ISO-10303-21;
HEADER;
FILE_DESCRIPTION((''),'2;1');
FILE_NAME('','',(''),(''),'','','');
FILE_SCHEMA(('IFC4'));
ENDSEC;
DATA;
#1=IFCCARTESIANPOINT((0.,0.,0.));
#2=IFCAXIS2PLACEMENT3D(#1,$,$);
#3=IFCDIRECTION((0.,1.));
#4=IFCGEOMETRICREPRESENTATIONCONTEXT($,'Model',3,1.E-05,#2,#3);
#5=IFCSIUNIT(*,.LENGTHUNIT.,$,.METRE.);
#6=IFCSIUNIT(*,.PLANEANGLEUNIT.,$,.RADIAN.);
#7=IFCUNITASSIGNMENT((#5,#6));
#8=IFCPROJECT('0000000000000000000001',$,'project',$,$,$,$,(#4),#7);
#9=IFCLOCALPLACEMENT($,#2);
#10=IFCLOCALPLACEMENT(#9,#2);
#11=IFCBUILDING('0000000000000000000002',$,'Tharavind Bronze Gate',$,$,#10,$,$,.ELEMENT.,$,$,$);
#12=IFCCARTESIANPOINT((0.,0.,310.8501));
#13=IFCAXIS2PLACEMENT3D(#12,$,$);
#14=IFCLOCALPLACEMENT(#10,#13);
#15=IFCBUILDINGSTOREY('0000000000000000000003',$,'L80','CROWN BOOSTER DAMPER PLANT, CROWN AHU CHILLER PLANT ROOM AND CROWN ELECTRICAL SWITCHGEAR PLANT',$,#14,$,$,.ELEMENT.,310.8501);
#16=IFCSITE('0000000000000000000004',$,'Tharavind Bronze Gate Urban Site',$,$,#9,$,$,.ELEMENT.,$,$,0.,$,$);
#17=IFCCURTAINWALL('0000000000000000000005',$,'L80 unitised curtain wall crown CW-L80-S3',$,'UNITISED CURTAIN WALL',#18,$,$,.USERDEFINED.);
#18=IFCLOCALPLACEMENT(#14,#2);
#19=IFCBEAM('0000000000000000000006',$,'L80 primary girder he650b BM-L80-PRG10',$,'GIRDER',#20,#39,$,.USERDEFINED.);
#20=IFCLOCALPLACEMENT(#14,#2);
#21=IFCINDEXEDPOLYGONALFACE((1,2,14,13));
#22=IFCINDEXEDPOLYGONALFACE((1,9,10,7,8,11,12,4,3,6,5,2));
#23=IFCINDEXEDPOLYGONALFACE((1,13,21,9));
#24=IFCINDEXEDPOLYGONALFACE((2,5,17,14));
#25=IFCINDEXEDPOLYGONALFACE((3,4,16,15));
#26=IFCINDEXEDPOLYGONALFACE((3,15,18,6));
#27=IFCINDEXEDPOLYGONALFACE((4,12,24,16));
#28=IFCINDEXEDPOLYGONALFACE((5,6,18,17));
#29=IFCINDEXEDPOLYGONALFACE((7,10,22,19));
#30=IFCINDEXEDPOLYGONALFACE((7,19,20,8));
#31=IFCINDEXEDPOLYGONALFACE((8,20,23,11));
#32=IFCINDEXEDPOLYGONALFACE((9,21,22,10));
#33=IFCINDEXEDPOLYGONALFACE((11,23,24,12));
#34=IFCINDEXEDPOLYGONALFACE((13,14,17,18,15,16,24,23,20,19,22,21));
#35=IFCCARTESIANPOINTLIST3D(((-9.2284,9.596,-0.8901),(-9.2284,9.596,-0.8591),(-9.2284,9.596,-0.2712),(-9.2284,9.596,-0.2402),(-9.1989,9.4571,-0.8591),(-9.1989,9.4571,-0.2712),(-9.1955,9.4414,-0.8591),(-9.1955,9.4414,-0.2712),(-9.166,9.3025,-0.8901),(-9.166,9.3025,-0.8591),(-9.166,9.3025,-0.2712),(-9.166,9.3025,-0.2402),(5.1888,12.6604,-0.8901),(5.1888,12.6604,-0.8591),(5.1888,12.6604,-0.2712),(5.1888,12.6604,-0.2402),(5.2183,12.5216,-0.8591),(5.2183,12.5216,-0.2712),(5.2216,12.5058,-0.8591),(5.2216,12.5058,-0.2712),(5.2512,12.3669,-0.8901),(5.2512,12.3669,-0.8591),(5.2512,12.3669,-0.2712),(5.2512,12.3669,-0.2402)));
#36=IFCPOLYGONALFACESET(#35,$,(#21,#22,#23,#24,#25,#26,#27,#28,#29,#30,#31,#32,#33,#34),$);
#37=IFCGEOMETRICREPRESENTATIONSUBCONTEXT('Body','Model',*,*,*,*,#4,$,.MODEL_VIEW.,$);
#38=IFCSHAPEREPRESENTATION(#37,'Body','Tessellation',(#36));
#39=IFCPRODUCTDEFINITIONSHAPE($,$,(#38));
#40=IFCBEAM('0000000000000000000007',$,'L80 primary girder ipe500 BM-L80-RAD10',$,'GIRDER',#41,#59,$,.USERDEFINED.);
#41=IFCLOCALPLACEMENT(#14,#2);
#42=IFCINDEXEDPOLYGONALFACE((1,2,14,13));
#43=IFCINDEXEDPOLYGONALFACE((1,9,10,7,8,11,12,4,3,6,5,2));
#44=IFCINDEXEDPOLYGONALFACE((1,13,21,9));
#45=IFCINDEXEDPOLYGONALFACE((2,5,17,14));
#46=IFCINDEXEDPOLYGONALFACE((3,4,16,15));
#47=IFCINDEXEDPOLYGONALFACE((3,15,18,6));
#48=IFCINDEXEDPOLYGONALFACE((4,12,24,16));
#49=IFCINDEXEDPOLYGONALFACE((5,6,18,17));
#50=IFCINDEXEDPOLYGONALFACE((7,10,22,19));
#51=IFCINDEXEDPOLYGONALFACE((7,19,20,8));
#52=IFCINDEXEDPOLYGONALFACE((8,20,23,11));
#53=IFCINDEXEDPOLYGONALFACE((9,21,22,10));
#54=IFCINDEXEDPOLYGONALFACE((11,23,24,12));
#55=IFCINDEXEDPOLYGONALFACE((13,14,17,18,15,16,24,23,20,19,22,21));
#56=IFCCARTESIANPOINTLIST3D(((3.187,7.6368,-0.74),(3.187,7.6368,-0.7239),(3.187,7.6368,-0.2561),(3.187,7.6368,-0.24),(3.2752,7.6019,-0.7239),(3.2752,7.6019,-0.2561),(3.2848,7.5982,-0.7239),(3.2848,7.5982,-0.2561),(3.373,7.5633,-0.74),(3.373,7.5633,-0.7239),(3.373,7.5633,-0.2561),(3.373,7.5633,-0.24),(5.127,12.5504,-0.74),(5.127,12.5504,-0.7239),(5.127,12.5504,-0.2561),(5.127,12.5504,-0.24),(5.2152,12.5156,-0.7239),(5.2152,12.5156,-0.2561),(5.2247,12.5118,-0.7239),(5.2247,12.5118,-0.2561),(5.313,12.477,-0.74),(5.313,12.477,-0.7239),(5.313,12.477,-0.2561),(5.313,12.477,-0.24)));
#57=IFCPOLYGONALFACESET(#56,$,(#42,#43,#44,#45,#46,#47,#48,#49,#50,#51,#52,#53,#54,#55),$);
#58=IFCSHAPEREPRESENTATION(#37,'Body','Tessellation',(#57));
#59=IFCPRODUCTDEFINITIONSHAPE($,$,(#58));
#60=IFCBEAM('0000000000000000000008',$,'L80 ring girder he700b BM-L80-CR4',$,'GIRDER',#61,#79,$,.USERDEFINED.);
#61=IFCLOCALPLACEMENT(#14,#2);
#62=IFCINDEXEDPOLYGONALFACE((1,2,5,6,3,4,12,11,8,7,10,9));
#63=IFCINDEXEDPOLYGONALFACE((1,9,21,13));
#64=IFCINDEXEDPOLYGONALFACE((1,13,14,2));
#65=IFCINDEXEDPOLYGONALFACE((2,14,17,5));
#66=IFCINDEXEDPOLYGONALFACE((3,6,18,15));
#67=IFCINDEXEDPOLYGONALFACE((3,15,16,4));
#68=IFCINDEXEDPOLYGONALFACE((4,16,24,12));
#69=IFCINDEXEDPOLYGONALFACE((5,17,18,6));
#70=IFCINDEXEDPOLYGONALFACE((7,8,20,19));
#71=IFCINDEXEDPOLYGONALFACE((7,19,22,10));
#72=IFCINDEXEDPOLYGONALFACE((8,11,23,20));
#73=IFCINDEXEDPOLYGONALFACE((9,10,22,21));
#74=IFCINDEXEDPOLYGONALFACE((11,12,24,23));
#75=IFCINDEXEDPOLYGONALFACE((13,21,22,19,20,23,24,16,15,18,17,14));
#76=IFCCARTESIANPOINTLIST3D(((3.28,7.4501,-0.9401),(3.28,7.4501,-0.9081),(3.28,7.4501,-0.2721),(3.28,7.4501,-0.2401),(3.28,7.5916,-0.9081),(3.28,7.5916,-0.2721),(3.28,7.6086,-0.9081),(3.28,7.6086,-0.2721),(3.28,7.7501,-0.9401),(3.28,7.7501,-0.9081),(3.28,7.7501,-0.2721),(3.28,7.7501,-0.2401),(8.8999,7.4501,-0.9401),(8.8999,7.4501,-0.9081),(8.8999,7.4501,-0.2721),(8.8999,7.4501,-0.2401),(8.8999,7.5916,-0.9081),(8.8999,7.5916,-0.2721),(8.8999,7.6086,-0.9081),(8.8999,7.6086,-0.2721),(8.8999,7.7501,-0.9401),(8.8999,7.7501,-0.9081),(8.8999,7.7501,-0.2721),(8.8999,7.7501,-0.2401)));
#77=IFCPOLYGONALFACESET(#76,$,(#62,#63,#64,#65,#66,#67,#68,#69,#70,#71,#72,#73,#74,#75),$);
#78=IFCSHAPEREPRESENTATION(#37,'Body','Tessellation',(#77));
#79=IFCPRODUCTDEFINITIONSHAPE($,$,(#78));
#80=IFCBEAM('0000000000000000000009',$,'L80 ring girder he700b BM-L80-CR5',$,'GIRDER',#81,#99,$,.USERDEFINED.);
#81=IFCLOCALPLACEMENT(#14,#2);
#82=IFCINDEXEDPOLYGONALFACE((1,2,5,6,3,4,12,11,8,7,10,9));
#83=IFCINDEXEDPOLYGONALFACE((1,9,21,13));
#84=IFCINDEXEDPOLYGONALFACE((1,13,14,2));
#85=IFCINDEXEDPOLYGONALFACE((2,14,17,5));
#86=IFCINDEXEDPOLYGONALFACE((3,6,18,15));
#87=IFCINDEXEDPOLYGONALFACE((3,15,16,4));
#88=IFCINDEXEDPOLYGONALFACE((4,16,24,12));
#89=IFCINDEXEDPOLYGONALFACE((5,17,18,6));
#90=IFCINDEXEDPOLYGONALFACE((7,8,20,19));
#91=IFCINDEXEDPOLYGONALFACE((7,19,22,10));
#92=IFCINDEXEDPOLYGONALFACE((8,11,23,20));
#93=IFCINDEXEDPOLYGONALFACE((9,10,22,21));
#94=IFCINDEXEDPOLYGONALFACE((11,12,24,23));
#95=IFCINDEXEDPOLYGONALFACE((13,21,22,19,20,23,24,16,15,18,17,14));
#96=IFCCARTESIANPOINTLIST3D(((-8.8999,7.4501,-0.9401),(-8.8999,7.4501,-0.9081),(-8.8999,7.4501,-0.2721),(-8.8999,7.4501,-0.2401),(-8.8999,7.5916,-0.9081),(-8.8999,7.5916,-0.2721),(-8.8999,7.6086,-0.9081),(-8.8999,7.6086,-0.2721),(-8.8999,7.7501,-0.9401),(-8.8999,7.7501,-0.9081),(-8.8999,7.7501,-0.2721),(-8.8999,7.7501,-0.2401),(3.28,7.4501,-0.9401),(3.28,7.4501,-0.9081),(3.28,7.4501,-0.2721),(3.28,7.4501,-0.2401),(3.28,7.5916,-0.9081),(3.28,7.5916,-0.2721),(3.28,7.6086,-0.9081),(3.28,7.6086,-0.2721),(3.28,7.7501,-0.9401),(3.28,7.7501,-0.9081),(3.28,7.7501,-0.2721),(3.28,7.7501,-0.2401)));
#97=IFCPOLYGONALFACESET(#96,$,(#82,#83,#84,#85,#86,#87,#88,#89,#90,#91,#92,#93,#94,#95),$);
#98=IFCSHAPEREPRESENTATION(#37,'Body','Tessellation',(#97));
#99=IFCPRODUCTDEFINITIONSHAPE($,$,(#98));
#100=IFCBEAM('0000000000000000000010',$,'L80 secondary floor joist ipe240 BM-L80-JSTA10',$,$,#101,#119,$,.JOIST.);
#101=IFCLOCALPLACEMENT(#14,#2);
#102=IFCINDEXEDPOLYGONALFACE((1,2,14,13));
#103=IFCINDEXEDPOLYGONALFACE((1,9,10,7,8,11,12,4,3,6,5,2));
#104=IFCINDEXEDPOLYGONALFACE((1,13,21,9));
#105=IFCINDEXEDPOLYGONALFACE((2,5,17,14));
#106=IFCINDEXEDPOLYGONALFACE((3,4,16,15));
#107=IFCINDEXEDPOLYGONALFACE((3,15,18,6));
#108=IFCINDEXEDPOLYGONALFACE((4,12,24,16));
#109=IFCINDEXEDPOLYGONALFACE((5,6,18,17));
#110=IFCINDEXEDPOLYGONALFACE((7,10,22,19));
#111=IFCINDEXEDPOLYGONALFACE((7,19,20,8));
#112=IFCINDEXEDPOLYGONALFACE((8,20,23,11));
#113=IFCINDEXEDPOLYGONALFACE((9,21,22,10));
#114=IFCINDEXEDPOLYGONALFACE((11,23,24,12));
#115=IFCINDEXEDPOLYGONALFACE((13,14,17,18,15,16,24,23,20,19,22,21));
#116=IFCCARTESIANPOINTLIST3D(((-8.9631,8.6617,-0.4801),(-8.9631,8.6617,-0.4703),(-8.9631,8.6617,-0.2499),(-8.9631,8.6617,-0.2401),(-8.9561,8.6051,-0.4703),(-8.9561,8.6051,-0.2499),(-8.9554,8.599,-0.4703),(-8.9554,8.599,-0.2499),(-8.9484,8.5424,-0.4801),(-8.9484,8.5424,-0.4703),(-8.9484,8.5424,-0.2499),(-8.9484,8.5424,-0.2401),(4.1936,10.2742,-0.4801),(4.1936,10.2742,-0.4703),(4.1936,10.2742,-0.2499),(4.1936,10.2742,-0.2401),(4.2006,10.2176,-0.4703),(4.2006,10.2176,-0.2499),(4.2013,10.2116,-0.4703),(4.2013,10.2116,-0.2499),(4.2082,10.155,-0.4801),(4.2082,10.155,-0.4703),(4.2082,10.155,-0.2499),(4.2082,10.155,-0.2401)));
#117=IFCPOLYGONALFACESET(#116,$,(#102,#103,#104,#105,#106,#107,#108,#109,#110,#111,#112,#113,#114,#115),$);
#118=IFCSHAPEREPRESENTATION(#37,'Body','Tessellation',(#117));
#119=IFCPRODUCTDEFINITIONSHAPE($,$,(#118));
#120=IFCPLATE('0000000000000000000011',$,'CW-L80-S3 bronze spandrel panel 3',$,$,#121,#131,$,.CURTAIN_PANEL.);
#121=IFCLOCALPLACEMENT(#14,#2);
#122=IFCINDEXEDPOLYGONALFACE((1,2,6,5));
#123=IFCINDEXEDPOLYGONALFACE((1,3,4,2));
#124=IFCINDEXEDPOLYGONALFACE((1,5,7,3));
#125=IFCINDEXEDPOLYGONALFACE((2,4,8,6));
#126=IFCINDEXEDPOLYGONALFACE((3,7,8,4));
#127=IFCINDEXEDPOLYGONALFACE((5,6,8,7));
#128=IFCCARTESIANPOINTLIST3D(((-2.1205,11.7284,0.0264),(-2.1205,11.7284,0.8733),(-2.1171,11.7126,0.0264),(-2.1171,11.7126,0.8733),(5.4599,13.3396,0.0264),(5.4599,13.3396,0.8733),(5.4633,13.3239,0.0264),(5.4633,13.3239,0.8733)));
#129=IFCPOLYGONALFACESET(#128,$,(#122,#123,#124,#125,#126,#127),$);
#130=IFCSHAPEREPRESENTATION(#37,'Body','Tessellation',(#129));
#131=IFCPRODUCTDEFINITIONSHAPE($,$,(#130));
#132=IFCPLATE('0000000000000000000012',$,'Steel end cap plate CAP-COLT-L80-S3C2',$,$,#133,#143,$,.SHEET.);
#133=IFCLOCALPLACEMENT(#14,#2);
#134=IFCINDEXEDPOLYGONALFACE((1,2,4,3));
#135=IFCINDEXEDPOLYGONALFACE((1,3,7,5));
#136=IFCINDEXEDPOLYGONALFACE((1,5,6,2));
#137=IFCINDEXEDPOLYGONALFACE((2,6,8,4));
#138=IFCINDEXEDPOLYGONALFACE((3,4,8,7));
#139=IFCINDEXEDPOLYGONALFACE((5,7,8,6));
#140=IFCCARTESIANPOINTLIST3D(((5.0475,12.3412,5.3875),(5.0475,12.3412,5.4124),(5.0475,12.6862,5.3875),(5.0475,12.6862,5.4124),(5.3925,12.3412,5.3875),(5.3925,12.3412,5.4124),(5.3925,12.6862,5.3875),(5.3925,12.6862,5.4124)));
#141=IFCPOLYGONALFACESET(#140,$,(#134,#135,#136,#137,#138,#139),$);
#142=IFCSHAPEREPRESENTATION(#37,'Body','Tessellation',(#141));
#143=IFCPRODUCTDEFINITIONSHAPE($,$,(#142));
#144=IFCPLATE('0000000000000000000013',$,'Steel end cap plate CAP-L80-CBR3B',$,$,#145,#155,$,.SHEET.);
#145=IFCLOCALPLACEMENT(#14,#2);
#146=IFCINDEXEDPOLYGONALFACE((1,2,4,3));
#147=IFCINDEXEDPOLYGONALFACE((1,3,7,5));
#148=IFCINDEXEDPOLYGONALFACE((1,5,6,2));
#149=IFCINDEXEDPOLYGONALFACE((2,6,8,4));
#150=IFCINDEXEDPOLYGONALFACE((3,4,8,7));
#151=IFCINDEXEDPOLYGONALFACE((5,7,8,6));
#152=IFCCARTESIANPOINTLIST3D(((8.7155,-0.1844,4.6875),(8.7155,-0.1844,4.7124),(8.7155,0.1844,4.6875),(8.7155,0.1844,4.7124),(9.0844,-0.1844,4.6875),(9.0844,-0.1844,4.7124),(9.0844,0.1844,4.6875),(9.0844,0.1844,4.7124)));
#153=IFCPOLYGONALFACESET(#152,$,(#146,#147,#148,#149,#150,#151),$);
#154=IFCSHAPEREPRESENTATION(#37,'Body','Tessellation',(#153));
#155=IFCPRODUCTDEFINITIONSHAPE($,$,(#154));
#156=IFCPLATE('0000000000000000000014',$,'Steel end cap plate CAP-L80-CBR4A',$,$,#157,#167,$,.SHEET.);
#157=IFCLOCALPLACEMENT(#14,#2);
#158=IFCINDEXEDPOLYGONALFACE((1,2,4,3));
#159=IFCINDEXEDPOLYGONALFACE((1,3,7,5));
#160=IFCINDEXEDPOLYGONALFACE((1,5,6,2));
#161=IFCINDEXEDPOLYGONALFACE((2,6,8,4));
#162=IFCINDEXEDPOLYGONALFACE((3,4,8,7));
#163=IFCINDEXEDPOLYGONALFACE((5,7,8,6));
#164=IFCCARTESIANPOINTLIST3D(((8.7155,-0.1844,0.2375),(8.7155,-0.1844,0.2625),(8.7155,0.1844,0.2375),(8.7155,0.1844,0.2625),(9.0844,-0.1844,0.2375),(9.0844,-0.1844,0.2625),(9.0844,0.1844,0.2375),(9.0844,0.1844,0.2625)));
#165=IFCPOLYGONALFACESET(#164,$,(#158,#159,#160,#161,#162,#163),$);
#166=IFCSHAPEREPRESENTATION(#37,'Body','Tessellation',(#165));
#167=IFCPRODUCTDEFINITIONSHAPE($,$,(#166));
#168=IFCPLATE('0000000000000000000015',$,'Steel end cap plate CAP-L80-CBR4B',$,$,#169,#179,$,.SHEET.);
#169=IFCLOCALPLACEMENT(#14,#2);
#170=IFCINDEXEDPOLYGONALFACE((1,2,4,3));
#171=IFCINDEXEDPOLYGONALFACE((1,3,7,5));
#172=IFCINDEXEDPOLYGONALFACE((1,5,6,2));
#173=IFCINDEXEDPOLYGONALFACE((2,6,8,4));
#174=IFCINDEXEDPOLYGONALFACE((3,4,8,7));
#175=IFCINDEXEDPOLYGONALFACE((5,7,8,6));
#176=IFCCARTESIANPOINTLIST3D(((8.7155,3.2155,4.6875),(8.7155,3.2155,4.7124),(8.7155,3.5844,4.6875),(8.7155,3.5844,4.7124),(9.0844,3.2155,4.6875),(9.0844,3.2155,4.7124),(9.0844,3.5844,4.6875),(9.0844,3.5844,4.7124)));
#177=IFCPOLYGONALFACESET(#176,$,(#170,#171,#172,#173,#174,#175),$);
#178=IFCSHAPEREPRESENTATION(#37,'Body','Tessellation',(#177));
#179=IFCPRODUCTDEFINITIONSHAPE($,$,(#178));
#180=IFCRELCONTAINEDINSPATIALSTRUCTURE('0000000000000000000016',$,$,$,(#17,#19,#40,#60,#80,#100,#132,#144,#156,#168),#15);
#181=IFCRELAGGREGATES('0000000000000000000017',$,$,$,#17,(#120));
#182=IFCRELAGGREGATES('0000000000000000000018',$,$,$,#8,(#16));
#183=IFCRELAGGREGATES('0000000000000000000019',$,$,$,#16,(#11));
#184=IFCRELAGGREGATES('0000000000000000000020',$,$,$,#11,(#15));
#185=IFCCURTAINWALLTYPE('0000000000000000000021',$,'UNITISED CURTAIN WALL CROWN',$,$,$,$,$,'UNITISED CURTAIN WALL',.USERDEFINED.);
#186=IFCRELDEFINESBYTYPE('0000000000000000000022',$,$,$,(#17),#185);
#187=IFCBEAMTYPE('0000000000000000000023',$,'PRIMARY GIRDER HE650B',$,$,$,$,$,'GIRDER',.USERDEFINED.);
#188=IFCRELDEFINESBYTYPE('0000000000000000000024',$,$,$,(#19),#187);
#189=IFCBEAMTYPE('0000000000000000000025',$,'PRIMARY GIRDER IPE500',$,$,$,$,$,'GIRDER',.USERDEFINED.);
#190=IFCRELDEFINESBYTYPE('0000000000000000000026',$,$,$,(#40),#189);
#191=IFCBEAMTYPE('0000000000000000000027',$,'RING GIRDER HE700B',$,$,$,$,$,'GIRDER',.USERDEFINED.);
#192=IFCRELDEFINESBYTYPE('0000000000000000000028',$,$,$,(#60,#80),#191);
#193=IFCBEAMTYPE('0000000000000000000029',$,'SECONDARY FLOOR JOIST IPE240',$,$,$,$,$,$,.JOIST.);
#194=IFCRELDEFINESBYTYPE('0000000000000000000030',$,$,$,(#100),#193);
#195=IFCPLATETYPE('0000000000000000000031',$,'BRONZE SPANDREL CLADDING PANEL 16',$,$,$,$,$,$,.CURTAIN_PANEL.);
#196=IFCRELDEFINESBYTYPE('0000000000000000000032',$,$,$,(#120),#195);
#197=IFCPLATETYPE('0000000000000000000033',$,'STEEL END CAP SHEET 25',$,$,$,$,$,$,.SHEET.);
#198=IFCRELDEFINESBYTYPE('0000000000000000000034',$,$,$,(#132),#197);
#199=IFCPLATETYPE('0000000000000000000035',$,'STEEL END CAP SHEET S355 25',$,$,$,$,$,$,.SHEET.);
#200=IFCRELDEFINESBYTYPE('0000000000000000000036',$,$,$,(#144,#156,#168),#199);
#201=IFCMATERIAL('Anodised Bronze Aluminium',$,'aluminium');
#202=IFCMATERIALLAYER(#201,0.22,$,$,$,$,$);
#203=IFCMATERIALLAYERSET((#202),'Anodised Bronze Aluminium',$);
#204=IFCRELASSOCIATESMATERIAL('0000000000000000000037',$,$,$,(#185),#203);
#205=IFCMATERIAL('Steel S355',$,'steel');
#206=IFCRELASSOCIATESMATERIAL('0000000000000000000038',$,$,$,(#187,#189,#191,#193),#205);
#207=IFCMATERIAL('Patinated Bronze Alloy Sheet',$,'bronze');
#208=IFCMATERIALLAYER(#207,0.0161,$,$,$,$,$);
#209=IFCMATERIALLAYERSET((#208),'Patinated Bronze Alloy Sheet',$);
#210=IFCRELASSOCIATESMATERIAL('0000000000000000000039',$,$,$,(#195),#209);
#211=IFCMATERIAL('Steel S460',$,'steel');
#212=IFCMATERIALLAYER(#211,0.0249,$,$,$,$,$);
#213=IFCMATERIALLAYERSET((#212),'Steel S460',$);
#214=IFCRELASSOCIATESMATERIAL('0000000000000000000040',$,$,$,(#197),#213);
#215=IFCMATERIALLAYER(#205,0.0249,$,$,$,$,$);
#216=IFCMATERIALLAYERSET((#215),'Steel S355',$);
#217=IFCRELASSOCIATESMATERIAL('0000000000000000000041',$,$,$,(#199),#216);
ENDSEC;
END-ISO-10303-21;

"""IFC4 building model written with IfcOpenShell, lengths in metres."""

from ifc_helpers import new_model, si_unit, direction, frame, origin, origin_2d, place, context, subcontext, project, spatial, rectangle, i_section, extrude, material, layer, layer_set, material_profile, profile_set, type_object, element, aggregate, save


model = new_model("IFC4")

# Units and contexts
model_context = context("Model", 3, precision=1e-05, world=origin(), true_north=direction((0.0, 1.0)))
body_context = subcontext(model_context, "Body", "Model", "MODEL_VIEW")
ifc_project = project(units=[si_unit("LENGTHUNIT", "METRE"), si_unit("PLANEANGLEUNIT", "RADIAN")], contexts=[model_context])

# Site, building, storey
site_placement = place(None, origin())
site = spatial("IfcSite", under=ifc_project, at=site_placement, Name="Tharavind Bronze Gate Urban Site", CompositionType="ELEMENT", RefElevation=0.0)
building_placement = place(site_placement, origin())
building = spatial("IfcBuilding", under=site, at=building_placement, Name="Tharavind Bronze Gate", CompositionType="ELEMENT")
storey_placement = place(building_placement, frame((0.0, 0.0, 310.8501)))
storey = spatial("IfcBuildingStorey", under=building, at=storey_placement, Name="L80", Description="CROWN BOOSTER DAMPER PLANT, CROWN AHU CHILLER PLANT ROOM AND CROWN ELECTRICAL SWITCHGEAR PLANT", CompositionType="ELEMENT", Elevation=310.8501)

# Shared definitions
ifc_material_1 = material(Name="Steel S460", Category="steel")

# Shared definitions
ifc_material_2 = material(Name="Steel S355", Category="steel")

# Curtain wall
ifc_material_3 = material(Name="Anodised Bronze Aluminium", Category="aluminium")
ifc_layer_1 = layer(ifc_material_3, 0.22)
ifc_layer_set_1 = layer_set([ifc_layer_1], Name="Anodised Bronze Aluminium")
curtain_wall_type = type_object("IfcCurtainWallType", Name="UNITISED CURTAIN WALL CROWN", ElementType="UNITISED CURTAIN WALL", PredefinedType="USERDEFINED", material=ifc_layer_set_1)
curtain_wall_placement = place(storey_placement, origin())
curtain_wall = element("IfcCurtainWall", 1, at=curtain_wall_placement, inside=storey, type_object=curtain_wall_type, Name="L80 unitised curtain wall crown CW-L80-S3", ObjectType="UNITISED CURTAIN WALL", PredefinedType="USERDEFINED")

# Beams
ifc_material_profile_1 = material_profile(ifc_material_2, i_section(OverallWidth=0.3, OverallDepth=0.6499, WebThickness=0.0161, FlangeThickness=0.031, at=origin_2d()), Name="HE650B")
ifc_profile_set_1 = profile_set([ifc_material_profile_1], Name="Steel S355")
beam_type_1 = type_object("IfcBeamType", Name="PRIMARY GIRDER HE650B", ElementType="GIRDER", PredefinedType="USERDEFINED", material=ifc_profile_set_1)
beam_1_placement = place(storey_placement, frame((5.22, 12.5137, -0.5652), z_axis=(-0.978148, -0.20791, 0.0), x_axis=(0.20791, -0.978148, 0.0)))
element("IfcBeam", 2, at=beam_1_placement, inside=storey, type_object=beam_type_1, Name="L80 primary girder he650b BM-L80-PRG10", ObjectType="GIRDER", PredefinedType="USERDEFINED", context=body_context, shape_type="SweptSolid", body=[
    extrude(i_section(OverallWidth=0.3, OverallDepth=0.6499, WebThickness=0.0161, FlangeThickness=0.031, at=origin_2d()), origin(), (0.0, 0.0, 1.0), 14.7393),
])
ifc_material_profile_2 = material_profile(ifc_material_2, i_section(OverallWidth=0.2, OverallDepth=0.5, WebThickness=0.0103, FlangeThickness=0.0161, at=origin_2d()), Name="IPE500")
ifc_profile_set_2 = profile_set([ifc_material_profile_2], Name="Steel S355")
beam_type_2 = type_object("IfcBeamType", Name="PRIMARY GIRDER IPE500", ElementType="GIRDER", PredefinedType="USERDEFINED", material=ifc_profile_set_2)
beam_2_placement = place(storey_placement, frame((5.22, 12.5137, -0.49), z_axis=(-0.367228, -0.930131, 0.0), x_axis=(0.930131, -0.367228, 0.0)))
element("IfcBeam", 3, at=beam_2_placement, inside=storey, type_object=beam_type_2, Name="L80 primary girder ipe500 BM-L80-RAD10", ObjectType="GIRDER", PredefinedType="USERDEFINED", context=body_context, shape_type="SweptSolid", body=[
    extrude(i_section(OverallWidth=0.2, OverallDepth=0.5, WebThickness=0.0103, FlangeThickness=0.0161, at=origin_2d()), origin(), (0.0, 0.0, 1.0), 5.2827),
])
ifc_material_profile_3 = material_profile(ifc_material_2, i_section(OverallWidth=0.3, OverallDepth=0.7, WebThickness=0.0171, FlangeThickness=0.032, at=origin_2d()), Name="HE700B")
ifc_profile_set_3 = profile_set([ifc_material_profile_3], Name="Steel S355")
beam_type_3 = type_object("IfcBeamType", Name="RING GIRDER HE700B", ElementType="GIRDER", PredefinedType="USERDEFINED", material=ifc_profile_set_3)
beam_3_placement = place(storey_placement, frame((8.8999, 7.6001, -0.5901), z_axis=(-1.0, 0.0, 0.0), x_axis=(0.0, -1.0, 0.0)))
element("IfcBeam", 4, at=beam_3_placement, inside=storey, type_object=beam_type_3, Name="L80 ring girder he700b BM-L80-CR4", ObjectType="GIRDER", PredefinedType="USERDEFINED", context=body_context, shape_type="SweptSolid", body=[
    extrude(i_section(OverallWidth=0.3, OverallDepth=0.7, WebThickness=0.0171, FlangeThickness=0.032, at=origin_2d()), origin(), (0.0, 0.0, 1.0), 5.6199),
])
beam_4_placement = place(storey_placement, frame((3.28, 7.6001, -0.5901), z_axis=(-1.0, 0.0, 0.0), x_axis=(0.0, -1.0, 0.0)))
element("IfcBeam", 5, at=beam_4_placement, inside=storey, type_object=beam_type_3, Name="L80 ring girder he700b BM-L80-CR5", ObjectType="GIRDER", PredefinedType="USERDEFINED", context=body_context, shape_type="SweptSolid", body=[
    extrude(i_section(OverallWidth=0.3, OverallDepth=0.7, WebThickness=0.0171, FlangeThickness=0.032, at=origin_2d()), origin(), (0.0, 0.0, 1.0), 12.1799),
])
ifc_material_profile_4 = material_profile(ifc_material_2, i_section(OverallWidth=0.1201, OverallDepth=0.24, WebThickness=0.0061, FlangeThickness=0.0098, at=origin_2d()), Name="IPE240")
ifc_profile_set_4 = profile_set([ifc_material_profile_4], Name="Steel S355")
beam_type_4 = type_object("IfcBeamType", Name="SECONDARY FLOOR JOIST IPE240", PredefinedType="JOIST", material=ifc_profile_set_4)
beam_5_placement = place(storey_placement, frame((4.2009, 10.2146, -0.3601), z_axis=(-0.992573, -0.121654, 0.0), x_axis=(0.121654, -0.992573, 0.0)))
element("IfcBeam", 6, at=beam_5_placement, inside=storey, type_object=beam_type_4, Name="L80 secondary floor joist ipe240 BM-L80-JSTA10", PredefinedType="JOIST", context=body_context, shape_type="SweptSolid", body=[
    extrude(i_section(OverallWidth=0.1201, OverallDepth=0.24, WebThickness=0.0061, FlangeThickness=0.0098, at=origin_2d()), origin(), (0.0, 0.0, 1.0), 13.2551),
])

# Plate
ifc_material_4 = material(Name="Patinated Bronze Alloy Sheet", Category="bronze")
ifc_layer_2 = layer(ifc_material_4, 0.0161)
ifc_layer_set_2 = layer_set([ifc_layer_2], Name="Patinated Bronze Alloy Sheet")
plate_type_1 = type_object("IfcPlateType", Name="BRONZE SPANDREL CLADDING PANEL 16", PredefinedType="CURTAIN_PANEL", material=ifc_layer_set_2)
plate_1_placement = place(storey_placement, frame((1.6714, 12.5261, 0.0264), z_axis=(0.0, 0.0, 1.0), x_axis=(-0.978147, -0.207913, 0.0)))
plate_1 = element("IfcPlate", 7, at=plate_1_placement, type_object=plate_type_1, Name="CW-L80-S3 bronze spandrel panel 3", PredefinedType="CURTAIN_PANEL", context=body_context, shape_type="SweptSolid", body=[
    extrude(rectangle(XDim=7.7498, YDim=0.0161, at=origin_2d()), origin(), (0.0, 0.0, 1.0), 0.8469),
])

# Plates
ifc_layer_3 = layer(ifc_material_1, 0.0249)
ifc_layer_set_3 = layer_set([ifc_layer_3], Name="Steel S460")
plate_type_2 = type_object("IfcPlateType", Name="STEEL END CAP SHEET 25", PredefinedType="SHEET", material=ifc_layer_set_3)
plate_2_placement = place(storey_placement, frame((5.22, 12.5137, 5.3875), z_axis=(0.0, 0.0, 1.0), x_axis=(1.0, 0.0, 0.0)))
element("IfcPlate", 8, at=plate_2_placement, inside=storey, type_object=plate_type_2, Name="Steel end cap plate CAP-COLT-L80-S3C2", PredefinedType="SHEET", context=body_context, shape_type="SweptSolid", body=[
    extrude(rectangle(XDim=0.345, YDim=0.345, at=origin_2d()), origin(), (0.0, 0.0, 1.0), 0.0249),
])
ifc_layer_4 = layer(ifc_material_2, 0.0249)
ifc_layer_set_4 = layer_set([ifc_layer_4], Name="Steel S355")
plate_type_3 = type_object("IfcPlateType", Name="STEEL END CAP SHEET S355 25", PredefinedType="SHEET", material=ifc_layer_set_4)
for number, where, z_axis, x_axis, name in (
    (9, (8.8999, 0.0, 4.6875), (0.0, 0.0, 1.0), (1.0, 0.0, 0.0), "Steel end cap plate CAP-L80-CBR3B"),
    (10, (8.8999, 0.0, 0.2375), (0.0, 0.0, 1.0), (1.0, 0.0, 0.0), "Steel end cap plate CAP-L80-CBR4A"),
    (11, (8.8999, 3.3999, 4.6875), (0.0, 0.0, 1.0), (1.0, 0.0, 0.0), "Steel end cap plate CAP-L80-CBR4B"),
):
    element("IfcPlate", number, at=place(storey_placement, frame(where, z_axis=z_axis, x_axis=x_axis)), inside=storey, type_object=plate_type_3, Name=name, PredefinedType="SHEET", context=body_context, shape_type="SweptSolid", body=[
        extrude(rectangle(XDim=0.3689, YDim=0.3689, at=origin_2d()), origin(), (0.0, 0.0, 1.0), 0.0249),
    ])

aggregate(curtain_wall, [plate_1])

save(model, "model.ifc")
